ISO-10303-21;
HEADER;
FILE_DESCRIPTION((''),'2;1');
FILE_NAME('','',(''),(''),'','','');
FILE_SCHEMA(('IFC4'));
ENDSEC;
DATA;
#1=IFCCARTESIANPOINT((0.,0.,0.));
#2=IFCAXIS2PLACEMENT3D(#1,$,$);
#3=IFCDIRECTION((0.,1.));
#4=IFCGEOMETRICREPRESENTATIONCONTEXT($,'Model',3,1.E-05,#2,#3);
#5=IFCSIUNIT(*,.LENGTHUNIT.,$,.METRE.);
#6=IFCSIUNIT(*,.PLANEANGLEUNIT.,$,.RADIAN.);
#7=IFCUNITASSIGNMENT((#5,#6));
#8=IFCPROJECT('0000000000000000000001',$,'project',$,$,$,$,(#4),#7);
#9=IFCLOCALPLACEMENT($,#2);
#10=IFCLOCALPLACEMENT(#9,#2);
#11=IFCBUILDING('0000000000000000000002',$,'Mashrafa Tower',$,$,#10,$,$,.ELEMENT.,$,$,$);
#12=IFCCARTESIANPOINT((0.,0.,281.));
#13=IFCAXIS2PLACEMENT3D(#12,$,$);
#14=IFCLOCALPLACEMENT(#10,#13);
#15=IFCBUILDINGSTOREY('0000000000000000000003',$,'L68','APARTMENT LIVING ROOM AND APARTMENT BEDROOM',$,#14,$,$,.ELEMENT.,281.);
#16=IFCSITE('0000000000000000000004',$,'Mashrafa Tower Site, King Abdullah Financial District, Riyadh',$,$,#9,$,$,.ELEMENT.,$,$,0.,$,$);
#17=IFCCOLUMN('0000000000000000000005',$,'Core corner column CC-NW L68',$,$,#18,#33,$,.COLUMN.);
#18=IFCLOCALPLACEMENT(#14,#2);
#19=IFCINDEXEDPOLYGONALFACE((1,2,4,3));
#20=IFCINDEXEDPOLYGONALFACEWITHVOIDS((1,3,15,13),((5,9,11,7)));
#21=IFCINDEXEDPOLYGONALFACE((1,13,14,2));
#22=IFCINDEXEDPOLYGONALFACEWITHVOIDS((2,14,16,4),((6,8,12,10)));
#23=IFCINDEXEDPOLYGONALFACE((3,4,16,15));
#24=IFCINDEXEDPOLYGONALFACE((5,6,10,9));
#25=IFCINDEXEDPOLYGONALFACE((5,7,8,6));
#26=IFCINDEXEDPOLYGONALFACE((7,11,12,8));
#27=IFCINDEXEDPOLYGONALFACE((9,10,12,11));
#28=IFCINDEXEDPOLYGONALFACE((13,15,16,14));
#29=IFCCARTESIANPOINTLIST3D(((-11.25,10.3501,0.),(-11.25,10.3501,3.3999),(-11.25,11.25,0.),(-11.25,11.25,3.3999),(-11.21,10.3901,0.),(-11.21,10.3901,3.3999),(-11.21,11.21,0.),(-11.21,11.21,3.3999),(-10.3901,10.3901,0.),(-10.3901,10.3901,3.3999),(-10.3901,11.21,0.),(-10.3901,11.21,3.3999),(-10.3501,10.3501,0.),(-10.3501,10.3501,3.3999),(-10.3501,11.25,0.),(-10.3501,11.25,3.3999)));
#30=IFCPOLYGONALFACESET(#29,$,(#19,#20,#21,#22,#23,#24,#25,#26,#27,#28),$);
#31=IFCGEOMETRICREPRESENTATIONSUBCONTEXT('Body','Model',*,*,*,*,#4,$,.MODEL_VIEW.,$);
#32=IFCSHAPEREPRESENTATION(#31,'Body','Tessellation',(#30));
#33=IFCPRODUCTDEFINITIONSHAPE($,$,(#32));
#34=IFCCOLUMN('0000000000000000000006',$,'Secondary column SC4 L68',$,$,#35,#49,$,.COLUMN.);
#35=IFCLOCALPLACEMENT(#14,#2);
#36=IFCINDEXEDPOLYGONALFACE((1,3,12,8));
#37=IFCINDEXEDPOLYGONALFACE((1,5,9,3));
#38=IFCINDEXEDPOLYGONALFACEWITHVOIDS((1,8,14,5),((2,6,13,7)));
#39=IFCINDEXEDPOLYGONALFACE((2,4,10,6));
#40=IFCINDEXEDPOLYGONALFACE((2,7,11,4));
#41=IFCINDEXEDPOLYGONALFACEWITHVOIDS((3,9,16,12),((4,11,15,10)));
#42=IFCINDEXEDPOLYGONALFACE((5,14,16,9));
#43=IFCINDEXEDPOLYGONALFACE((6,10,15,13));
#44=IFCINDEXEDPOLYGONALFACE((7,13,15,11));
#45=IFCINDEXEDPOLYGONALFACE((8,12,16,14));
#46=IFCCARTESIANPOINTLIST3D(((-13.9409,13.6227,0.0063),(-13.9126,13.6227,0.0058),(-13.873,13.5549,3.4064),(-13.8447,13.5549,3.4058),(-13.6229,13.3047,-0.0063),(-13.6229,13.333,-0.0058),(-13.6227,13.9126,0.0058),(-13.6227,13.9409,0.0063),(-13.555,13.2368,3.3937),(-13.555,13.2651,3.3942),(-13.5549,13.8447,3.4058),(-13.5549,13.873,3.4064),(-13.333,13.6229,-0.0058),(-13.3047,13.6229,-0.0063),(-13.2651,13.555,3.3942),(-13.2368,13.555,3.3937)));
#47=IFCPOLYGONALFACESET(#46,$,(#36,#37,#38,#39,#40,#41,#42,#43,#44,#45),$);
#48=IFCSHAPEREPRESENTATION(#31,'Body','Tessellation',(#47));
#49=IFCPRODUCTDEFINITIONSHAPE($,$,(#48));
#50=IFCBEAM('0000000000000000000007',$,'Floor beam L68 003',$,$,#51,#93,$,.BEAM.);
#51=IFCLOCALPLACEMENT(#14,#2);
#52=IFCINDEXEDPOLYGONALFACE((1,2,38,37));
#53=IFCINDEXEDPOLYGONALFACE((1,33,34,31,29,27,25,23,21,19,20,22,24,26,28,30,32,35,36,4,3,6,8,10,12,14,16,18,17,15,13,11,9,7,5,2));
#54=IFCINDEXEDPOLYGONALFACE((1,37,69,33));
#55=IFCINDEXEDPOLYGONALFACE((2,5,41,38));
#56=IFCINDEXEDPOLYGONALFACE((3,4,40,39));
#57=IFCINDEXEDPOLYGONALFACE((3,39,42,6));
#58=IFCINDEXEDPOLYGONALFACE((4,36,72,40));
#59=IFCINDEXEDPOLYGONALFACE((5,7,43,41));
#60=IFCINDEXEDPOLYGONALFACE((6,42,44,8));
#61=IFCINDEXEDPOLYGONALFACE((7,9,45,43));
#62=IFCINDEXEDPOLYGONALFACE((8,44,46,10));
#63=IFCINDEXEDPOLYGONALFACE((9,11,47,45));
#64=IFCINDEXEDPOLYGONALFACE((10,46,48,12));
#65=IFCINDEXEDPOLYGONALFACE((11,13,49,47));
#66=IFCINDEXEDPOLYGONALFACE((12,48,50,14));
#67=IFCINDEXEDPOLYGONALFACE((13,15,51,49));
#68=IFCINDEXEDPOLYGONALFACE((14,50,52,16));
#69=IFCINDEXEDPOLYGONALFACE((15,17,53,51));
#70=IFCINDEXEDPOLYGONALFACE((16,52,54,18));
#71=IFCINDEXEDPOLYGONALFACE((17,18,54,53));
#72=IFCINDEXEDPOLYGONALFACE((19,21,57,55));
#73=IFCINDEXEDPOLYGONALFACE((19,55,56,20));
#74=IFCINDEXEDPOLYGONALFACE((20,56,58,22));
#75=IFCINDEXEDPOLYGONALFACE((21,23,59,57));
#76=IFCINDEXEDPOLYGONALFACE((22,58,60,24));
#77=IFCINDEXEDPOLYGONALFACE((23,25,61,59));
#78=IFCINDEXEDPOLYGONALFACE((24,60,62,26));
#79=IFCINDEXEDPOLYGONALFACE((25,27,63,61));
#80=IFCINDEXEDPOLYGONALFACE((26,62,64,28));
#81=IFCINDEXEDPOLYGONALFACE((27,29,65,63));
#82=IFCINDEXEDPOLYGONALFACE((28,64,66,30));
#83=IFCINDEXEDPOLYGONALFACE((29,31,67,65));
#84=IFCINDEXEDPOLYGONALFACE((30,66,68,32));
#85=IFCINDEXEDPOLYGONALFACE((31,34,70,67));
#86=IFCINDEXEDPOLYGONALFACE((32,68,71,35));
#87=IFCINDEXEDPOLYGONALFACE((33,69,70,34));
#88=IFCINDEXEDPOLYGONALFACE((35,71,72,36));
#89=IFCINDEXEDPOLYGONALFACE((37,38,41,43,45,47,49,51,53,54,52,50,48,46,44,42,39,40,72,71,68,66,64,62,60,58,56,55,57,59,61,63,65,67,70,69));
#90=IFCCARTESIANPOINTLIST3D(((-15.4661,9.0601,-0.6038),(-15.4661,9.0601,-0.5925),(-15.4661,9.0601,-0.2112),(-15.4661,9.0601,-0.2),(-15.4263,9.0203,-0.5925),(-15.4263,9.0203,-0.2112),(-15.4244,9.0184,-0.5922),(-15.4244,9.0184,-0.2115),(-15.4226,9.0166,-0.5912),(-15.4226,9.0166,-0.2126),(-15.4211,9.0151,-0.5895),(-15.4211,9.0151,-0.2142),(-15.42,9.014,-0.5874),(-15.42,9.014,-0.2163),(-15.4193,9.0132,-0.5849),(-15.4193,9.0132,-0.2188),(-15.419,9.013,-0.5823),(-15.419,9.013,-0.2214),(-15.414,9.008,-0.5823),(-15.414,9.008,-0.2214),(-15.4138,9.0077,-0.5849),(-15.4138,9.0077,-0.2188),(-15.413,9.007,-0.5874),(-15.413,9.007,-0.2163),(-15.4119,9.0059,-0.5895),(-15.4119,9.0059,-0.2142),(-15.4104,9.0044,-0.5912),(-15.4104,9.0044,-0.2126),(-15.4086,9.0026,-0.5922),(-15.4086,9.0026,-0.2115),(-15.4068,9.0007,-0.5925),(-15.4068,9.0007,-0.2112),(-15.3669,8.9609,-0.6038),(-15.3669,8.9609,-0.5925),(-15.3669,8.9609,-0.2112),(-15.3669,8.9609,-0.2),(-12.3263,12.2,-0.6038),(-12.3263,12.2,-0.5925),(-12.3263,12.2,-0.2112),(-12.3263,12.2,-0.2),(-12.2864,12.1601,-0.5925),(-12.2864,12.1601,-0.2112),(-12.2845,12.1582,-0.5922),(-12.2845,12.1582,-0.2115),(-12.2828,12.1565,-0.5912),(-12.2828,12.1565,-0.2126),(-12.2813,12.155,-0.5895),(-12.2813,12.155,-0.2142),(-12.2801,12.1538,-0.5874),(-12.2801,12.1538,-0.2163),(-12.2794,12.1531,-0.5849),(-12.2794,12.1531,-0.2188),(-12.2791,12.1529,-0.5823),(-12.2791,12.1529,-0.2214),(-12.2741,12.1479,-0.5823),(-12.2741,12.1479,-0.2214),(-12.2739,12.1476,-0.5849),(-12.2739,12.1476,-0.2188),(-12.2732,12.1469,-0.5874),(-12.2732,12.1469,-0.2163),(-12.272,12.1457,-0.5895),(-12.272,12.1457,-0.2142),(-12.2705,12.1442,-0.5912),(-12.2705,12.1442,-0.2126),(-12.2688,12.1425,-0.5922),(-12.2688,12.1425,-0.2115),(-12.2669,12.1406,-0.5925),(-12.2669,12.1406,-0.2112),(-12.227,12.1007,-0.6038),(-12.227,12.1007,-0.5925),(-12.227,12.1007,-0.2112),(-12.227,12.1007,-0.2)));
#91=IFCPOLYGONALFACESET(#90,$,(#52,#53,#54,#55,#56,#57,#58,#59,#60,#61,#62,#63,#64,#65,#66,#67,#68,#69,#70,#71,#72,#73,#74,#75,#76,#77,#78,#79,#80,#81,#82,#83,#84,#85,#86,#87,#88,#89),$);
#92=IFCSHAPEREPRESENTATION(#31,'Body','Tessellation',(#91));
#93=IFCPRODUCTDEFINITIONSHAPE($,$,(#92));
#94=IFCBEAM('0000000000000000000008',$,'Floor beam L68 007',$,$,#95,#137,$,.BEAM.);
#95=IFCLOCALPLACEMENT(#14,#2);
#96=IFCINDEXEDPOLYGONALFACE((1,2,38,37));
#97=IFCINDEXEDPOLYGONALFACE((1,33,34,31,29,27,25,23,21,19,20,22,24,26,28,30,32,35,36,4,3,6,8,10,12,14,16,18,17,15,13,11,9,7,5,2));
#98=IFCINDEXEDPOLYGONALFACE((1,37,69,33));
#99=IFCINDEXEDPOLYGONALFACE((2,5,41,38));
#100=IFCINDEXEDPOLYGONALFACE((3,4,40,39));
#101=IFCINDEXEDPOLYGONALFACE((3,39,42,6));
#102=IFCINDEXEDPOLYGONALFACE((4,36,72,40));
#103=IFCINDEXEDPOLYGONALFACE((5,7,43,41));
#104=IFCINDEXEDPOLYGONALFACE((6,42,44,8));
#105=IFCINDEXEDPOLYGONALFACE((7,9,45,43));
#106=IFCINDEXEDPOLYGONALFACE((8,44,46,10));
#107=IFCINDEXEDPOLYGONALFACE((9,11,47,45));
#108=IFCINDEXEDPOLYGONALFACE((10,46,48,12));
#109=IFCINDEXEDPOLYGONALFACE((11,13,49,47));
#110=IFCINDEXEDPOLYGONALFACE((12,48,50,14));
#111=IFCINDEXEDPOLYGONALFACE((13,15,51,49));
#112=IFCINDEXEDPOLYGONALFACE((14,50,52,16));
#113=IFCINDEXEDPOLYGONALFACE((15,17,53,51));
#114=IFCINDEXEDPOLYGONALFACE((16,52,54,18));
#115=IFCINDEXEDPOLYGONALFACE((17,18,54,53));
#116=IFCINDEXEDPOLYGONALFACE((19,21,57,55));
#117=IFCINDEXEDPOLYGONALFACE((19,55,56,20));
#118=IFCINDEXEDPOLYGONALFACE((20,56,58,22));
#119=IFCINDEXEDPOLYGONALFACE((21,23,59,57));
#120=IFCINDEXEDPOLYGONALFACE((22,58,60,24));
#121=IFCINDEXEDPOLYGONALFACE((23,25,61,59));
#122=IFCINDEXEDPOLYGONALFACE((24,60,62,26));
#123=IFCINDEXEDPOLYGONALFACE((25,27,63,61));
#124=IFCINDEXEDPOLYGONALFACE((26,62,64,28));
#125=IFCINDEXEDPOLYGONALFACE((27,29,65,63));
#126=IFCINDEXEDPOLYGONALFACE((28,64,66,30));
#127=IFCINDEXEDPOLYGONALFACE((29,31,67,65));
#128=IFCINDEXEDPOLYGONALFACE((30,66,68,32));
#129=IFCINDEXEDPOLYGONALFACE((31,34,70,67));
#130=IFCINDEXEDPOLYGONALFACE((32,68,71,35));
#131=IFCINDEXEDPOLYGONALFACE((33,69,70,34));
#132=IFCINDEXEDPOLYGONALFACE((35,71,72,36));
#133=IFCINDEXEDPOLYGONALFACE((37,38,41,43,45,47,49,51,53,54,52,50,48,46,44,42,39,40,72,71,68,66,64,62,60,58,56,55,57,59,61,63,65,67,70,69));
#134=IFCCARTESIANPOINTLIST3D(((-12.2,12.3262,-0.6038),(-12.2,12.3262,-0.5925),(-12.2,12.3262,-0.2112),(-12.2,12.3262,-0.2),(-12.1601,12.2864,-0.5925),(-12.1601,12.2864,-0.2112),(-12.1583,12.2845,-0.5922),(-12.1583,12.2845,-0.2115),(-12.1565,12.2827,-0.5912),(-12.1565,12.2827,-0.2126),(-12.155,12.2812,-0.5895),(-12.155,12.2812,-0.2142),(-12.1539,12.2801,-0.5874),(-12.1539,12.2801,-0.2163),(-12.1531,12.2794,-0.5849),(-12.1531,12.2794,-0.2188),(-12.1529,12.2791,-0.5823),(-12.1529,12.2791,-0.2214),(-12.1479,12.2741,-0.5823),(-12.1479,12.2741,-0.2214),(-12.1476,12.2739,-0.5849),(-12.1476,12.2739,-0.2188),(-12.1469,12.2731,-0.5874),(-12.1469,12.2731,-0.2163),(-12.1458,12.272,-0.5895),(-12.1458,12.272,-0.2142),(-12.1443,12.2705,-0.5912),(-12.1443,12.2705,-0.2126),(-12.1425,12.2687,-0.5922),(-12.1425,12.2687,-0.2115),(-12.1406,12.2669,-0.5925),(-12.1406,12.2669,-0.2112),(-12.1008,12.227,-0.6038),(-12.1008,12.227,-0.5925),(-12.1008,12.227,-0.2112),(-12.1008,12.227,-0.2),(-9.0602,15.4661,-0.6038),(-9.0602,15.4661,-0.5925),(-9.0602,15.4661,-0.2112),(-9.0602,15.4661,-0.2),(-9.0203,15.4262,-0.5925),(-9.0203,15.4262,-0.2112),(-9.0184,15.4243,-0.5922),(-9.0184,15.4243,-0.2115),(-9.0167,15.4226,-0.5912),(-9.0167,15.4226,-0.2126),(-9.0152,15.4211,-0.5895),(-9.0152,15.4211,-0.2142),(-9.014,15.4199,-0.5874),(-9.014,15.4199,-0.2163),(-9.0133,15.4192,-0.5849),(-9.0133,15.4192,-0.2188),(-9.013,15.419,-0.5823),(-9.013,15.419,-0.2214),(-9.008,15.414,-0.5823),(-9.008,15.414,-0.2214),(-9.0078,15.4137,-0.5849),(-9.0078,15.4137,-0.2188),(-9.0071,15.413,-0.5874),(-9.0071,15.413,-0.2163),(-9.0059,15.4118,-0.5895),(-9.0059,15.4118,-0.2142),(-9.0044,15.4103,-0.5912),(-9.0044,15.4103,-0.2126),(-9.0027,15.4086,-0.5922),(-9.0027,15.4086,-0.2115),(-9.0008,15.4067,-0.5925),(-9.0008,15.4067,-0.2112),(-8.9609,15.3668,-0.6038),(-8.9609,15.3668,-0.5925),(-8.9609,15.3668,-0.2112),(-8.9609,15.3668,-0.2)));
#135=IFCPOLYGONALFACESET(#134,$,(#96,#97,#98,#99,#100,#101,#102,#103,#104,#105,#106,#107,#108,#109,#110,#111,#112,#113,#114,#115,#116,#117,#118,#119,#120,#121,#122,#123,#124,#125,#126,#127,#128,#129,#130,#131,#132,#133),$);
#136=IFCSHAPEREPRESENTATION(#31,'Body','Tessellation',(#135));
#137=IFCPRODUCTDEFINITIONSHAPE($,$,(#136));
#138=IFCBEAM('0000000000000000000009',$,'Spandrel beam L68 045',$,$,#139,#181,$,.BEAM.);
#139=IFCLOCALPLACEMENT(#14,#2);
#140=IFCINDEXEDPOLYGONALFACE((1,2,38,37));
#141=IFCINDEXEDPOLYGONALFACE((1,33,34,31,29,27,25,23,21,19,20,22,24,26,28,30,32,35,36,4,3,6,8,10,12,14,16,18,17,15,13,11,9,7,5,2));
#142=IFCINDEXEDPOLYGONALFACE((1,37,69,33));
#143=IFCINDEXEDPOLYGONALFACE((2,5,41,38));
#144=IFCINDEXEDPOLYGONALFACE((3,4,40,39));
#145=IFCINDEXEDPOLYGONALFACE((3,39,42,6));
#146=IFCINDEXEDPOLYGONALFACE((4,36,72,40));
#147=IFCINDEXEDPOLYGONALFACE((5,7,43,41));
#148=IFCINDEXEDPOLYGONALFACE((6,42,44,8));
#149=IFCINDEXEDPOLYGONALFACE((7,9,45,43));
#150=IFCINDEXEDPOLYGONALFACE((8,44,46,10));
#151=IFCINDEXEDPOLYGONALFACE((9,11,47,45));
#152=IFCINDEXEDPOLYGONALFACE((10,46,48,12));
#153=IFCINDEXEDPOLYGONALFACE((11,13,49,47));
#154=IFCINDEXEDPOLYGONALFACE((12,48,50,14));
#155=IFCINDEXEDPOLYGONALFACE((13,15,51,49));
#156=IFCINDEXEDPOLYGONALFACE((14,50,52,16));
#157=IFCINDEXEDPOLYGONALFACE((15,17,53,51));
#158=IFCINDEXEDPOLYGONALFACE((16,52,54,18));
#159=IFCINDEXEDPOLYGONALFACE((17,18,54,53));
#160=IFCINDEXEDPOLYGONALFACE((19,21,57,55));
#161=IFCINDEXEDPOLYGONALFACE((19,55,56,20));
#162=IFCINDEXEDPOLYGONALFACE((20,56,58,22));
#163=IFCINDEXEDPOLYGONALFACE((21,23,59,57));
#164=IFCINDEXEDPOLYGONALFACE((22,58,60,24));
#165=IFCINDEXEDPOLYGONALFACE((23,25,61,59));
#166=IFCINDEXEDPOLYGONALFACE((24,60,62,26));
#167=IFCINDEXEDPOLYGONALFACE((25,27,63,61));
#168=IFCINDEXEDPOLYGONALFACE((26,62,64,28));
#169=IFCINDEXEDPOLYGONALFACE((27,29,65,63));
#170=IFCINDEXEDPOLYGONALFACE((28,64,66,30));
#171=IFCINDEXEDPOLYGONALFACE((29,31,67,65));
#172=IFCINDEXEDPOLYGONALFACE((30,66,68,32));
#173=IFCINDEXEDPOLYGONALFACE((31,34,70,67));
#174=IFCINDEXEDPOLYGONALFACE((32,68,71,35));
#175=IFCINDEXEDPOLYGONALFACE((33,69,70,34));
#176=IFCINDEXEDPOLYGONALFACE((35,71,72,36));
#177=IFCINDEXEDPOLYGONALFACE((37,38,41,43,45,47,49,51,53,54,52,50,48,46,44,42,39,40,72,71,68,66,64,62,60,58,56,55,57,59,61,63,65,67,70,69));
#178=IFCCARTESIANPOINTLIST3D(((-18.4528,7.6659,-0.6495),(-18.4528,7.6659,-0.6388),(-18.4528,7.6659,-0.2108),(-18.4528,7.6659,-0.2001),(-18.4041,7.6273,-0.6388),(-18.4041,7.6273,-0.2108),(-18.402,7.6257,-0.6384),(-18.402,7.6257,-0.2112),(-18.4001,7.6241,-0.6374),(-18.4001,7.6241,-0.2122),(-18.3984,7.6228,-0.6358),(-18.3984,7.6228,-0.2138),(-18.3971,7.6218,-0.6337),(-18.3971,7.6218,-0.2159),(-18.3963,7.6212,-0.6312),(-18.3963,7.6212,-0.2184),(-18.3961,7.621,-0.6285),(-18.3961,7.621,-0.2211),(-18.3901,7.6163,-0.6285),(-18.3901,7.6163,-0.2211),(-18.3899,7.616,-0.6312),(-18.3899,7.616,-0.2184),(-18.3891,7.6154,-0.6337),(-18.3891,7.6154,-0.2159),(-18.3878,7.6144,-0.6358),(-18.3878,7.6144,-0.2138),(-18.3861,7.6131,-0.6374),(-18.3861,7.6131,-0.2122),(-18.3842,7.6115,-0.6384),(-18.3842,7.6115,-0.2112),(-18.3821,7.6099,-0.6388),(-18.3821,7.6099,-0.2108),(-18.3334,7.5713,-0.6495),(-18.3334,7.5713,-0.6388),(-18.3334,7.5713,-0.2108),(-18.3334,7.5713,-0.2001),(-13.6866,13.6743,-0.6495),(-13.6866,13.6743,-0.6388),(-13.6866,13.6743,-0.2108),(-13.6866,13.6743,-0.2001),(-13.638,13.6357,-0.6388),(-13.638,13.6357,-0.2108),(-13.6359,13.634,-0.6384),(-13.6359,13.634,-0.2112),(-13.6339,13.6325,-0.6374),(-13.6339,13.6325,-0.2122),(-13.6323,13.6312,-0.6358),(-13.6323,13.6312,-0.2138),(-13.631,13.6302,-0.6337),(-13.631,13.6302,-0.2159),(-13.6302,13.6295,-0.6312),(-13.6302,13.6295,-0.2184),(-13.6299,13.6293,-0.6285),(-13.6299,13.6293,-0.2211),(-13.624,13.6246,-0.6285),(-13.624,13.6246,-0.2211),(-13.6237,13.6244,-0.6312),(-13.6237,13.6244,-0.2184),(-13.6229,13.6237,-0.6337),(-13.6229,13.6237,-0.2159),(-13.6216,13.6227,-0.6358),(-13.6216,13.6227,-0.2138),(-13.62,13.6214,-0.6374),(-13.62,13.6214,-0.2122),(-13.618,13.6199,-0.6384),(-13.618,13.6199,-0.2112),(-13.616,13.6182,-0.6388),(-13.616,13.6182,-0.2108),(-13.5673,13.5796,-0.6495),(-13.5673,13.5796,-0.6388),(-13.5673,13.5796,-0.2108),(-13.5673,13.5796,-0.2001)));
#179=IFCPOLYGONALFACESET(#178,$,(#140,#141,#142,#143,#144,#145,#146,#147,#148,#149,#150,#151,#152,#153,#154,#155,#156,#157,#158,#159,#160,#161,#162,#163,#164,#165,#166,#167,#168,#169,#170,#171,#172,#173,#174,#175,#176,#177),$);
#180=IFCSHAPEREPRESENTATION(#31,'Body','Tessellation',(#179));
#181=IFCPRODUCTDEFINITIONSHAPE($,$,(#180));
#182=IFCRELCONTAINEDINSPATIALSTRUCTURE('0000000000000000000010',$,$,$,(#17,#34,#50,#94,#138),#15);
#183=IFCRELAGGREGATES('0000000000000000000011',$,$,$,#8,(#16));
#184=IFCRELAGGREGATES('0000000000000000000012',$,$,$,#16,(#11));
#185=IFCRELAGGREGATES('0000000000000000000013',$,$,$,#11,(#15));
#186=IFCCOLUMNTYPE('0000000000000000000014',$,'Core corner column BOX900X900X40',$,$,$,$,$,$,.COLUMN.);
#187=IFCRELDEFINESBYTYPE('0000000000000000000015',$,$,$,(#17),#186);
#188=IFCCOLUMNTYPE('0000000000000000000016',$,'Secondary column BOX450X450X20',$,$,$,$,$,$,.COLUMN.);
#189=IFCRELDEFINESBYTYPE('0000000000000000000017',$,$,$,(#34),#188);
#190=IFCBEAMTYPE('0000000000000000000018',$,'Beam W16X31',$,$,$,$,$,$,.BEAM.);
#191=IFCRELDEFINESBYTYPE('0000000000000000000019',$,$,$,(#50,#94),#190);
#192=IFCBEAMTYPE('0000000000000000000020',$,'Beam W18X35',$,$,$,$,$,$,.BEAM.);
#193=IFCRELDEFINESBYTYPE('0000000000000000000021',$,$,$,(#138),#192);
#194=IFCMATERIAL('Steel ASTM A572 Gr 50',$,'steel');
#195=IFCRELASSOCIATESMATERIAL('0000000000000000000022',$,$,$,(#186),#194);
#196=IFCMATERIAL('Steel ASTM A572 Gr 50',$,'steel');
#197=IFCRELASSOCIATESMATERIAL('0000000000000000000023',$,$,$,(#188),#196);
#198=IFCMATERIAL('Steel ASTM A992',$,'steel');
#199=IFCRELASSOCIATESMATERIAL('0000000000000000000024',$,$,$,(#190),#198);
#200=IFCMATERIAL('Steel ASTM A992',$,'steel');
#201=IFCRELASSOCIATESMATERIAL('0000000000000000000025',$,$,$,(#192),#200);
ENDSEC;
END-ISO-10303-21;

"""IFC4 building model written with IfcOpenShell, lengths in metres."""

from ifc_helpers import new_model, si_unit, direction, frame, origin, origin_2d, place, context, subcontext, project, spatial, hollow_rectangle, i_section, extrude, material, material_profile, profile_set, type_object, element, save


model = new_model("IFC4")

# Units and contexts
model_context = context("Model", 3, precision=1e-05, world=origin(), true_north=direction((0.0, 1.0)))
body_context = subcontext(model_context, "Body", "Model", "MODEL_VIEW")
ifc_project = project(units=[si_unit("LENGTHUNIT", "METRE"), si_unit("PLANEANGLEUNIT", "RADIAN")], contexts=[model_context])

# Site, building, storey
site_placement = place(None, origin())
site = spatial("IfcSite", under=ifc_project, at=site_placement, Name="Mashrafa Tower Site, King Abdullah Financial District, Riyadh", CompositionType="ELEMENT", RefElevation=0.0)
building_placement = place(site_placement, origin())
building = spatial("IfcBuilding", under=site, at=building_placement, Name="Mashrafa Tower", CompositionType="ELEMENT")
storey_placement = place(building_placement, frame((0.0, 0.0, 281.0)))
storey = spatial("IfcBuildingStorey", under=building, at=storey_placement, Name="L68", Description="APARTMENT LIVING ROOM AND APARTMENT BEDROOM", CompositionType="ELEMENT", Elevation=281.0)

# Columns
ifc_material_1 = material(Name="Steel ASTM A572 Gr 50", Category="steel")
ifc_material_profile_1 = material_profile(ifc_material_1, hollow_rectangle(XDim=0.8999, YDim=0.8999, WallThickness=0.04, at=origin_2d()), Name="BOX900X900X40")
ifc_profile_set_1 = profile_set([ifc_material_profile_1], Name="Steel ASTM A572 Gr 50")
column_type_1 = type_object("IfcColumnType", Name="Core corner column BOX900X900X40", PredefinedType="COLUMN", material=ifc_profile_set_1)
column_1_placement = place(storey_placement, frame((-10.8, 10.8, 0.0), z_axis=(0.0, 0.0, 1.0), x_axis=(1.0, 0.0, 0.0)))
element("IfcColumn", 1, at=column_1_placement, inside=storey, type_object=column_type_1, Name="Core corner column CC-NW L68", PredefinedType="COLUMN", context=body_context, shape_type="SweptSolid", body=[
    extrude(hollow_rectangle(XDim=0.8999, YDim=0.8999, WallThickness=0.04, at=origin_2d()), origin(), (0.0, 0.0, 1.0), 3.3999),
])
ifc_material_2 = material(Name="Steel ASTM A572 Gr 50", Category="steel")
ifc_material_profile_2 = material_profile(ifc_material_2, hollow_rectangle(XDim=0.45, YDim=0.45, WallThickness=0.02, at=origin_2d()), Name="BOX450X450X20")
ifc_profile_set_2 = profile_set([ifc_material_profile_2], Name="Steel ASTM A572 Gr 50")
column_type_2 = type_object("IfcColumnType", Name="Secondary column BOX450X450X20", PredefinedType="COLUMN", material=ifc_profile_set_2)
column_2_placement = place(storey_placement, frame((-13.6228, 13.6228, 0.0), z_axis=(0.019955, -0.019955, 0.999602), x_axis=(0.707107, 0.707107, 0.0)))
element("IfcColumn", 2, at=column_2_placement, inside=storey, type_object=column_type_2, Name="Secondary column SC4 L68", PredefinedType="COLUMN", context=body_context, shape_type="SweptSolid", body=[
    extrude(hollow_rectangle(XDim=0.45, YDim=0.45, WallThickness=0.02, at=origin_2d()), origin(), (0.0, 0.0, 1.0), 3.4014),
])

# Beams
ifc_material_3 = material(Name="Steel ASTM A992", Category="steel")
ifc_material_profile_3 = material_profile(ifc_material_3, i_section(OverallWidth=0.1404, OverallDepth=0.4038, WebThickness=0.0071, FlangeThickness=0.0112, FilletRadius=0.0103, at=origin_2d()), Name="W16X31")
ifc_profile_set_3 = profile_set([ifc_material_profile_3], Name="Steel ASTM A992")
beam_type_1 = type_object("IfcBeamType", Name="Beam W16X31", PredefinedType="BEAM", material=ifc_profile_set_3)
for number, where, z_axis, x_axis, name in (
    (3, (-15.4165, 9.0105, -0.4019), (0.707107, 0.707107, 0.0), (-0.707107, 0.707107, 0.0), "Floor beam L68 003"),
    (4, (-12.1504, 12.2766, -0.4019), (0.707107, 0.707107, 0.0), (-0.707107, 0.707107, 0.0), "Floor beam L68 007"),
):
    element("IfcBeam", number, at=place(storey_placement, frame(where, z_axis=z_axis, x_axis=x_axis)), inside=storey, type_object=beam_type_1, Name=name, PredefinedType="BEAM", context=body_context, shape_type="SweptSolid", body=[
        extrude(i_section(OverallWidth=0.1404, OverallDepth=0.4038, WebThickness=0.0071, FlangeThickness=0.0112, FilletRadius=0.0103, at=origin_2d()), origin(), (0.0, 0.0, 1.0), 4.4404),
    ])
ifc_material_4 = material(Name="Steel ASTM A992", Category="steel")
ifc_material_profile_4 = material_profile(ifc_material_4, i_section(OverallWidth=0.1523, OverallDepth=0.4495, WebThickness=0.0076, FlangeThickness=0.0107, FilletRadius=0.0103, at=origin_2d()), Name="W18X35")
ifc_profile_set_4 = profile_set([ifc_material_profile_4], Name="Steel ASTM A992")
beam_type_2 = type_object("IfcBeamType", Name="Beam W18X35", PredefinedType="BEAM", material=ifc_profile_set_4)
beam_1_placement = place(storey_placement, frame((-13.627, 13.627, -0.4248), z_axis=(-0.621467, -0.78344, 0.0), x_axis=(0.78344, -0.621467, 0.0)))
element("IfcBeam", 5, at=beam_1_placement, inside=storey, type_object=beam_type_2, Name="Spandrel beam L68 045", PredefinedType="BEAM", context=body_context, shape_type="SweptSolid", body=[
    extrude(i_section(OverallWidth=0.1523, OverallDepth=0.4495, WebThickness=0.0076, FlangeThickness=0.0107, FilletRadius=0.0103, at=origin_2d()), origin(), (0.0, 0.0, 1.0), 7.6692),
])

save(model, "model.ifc")
